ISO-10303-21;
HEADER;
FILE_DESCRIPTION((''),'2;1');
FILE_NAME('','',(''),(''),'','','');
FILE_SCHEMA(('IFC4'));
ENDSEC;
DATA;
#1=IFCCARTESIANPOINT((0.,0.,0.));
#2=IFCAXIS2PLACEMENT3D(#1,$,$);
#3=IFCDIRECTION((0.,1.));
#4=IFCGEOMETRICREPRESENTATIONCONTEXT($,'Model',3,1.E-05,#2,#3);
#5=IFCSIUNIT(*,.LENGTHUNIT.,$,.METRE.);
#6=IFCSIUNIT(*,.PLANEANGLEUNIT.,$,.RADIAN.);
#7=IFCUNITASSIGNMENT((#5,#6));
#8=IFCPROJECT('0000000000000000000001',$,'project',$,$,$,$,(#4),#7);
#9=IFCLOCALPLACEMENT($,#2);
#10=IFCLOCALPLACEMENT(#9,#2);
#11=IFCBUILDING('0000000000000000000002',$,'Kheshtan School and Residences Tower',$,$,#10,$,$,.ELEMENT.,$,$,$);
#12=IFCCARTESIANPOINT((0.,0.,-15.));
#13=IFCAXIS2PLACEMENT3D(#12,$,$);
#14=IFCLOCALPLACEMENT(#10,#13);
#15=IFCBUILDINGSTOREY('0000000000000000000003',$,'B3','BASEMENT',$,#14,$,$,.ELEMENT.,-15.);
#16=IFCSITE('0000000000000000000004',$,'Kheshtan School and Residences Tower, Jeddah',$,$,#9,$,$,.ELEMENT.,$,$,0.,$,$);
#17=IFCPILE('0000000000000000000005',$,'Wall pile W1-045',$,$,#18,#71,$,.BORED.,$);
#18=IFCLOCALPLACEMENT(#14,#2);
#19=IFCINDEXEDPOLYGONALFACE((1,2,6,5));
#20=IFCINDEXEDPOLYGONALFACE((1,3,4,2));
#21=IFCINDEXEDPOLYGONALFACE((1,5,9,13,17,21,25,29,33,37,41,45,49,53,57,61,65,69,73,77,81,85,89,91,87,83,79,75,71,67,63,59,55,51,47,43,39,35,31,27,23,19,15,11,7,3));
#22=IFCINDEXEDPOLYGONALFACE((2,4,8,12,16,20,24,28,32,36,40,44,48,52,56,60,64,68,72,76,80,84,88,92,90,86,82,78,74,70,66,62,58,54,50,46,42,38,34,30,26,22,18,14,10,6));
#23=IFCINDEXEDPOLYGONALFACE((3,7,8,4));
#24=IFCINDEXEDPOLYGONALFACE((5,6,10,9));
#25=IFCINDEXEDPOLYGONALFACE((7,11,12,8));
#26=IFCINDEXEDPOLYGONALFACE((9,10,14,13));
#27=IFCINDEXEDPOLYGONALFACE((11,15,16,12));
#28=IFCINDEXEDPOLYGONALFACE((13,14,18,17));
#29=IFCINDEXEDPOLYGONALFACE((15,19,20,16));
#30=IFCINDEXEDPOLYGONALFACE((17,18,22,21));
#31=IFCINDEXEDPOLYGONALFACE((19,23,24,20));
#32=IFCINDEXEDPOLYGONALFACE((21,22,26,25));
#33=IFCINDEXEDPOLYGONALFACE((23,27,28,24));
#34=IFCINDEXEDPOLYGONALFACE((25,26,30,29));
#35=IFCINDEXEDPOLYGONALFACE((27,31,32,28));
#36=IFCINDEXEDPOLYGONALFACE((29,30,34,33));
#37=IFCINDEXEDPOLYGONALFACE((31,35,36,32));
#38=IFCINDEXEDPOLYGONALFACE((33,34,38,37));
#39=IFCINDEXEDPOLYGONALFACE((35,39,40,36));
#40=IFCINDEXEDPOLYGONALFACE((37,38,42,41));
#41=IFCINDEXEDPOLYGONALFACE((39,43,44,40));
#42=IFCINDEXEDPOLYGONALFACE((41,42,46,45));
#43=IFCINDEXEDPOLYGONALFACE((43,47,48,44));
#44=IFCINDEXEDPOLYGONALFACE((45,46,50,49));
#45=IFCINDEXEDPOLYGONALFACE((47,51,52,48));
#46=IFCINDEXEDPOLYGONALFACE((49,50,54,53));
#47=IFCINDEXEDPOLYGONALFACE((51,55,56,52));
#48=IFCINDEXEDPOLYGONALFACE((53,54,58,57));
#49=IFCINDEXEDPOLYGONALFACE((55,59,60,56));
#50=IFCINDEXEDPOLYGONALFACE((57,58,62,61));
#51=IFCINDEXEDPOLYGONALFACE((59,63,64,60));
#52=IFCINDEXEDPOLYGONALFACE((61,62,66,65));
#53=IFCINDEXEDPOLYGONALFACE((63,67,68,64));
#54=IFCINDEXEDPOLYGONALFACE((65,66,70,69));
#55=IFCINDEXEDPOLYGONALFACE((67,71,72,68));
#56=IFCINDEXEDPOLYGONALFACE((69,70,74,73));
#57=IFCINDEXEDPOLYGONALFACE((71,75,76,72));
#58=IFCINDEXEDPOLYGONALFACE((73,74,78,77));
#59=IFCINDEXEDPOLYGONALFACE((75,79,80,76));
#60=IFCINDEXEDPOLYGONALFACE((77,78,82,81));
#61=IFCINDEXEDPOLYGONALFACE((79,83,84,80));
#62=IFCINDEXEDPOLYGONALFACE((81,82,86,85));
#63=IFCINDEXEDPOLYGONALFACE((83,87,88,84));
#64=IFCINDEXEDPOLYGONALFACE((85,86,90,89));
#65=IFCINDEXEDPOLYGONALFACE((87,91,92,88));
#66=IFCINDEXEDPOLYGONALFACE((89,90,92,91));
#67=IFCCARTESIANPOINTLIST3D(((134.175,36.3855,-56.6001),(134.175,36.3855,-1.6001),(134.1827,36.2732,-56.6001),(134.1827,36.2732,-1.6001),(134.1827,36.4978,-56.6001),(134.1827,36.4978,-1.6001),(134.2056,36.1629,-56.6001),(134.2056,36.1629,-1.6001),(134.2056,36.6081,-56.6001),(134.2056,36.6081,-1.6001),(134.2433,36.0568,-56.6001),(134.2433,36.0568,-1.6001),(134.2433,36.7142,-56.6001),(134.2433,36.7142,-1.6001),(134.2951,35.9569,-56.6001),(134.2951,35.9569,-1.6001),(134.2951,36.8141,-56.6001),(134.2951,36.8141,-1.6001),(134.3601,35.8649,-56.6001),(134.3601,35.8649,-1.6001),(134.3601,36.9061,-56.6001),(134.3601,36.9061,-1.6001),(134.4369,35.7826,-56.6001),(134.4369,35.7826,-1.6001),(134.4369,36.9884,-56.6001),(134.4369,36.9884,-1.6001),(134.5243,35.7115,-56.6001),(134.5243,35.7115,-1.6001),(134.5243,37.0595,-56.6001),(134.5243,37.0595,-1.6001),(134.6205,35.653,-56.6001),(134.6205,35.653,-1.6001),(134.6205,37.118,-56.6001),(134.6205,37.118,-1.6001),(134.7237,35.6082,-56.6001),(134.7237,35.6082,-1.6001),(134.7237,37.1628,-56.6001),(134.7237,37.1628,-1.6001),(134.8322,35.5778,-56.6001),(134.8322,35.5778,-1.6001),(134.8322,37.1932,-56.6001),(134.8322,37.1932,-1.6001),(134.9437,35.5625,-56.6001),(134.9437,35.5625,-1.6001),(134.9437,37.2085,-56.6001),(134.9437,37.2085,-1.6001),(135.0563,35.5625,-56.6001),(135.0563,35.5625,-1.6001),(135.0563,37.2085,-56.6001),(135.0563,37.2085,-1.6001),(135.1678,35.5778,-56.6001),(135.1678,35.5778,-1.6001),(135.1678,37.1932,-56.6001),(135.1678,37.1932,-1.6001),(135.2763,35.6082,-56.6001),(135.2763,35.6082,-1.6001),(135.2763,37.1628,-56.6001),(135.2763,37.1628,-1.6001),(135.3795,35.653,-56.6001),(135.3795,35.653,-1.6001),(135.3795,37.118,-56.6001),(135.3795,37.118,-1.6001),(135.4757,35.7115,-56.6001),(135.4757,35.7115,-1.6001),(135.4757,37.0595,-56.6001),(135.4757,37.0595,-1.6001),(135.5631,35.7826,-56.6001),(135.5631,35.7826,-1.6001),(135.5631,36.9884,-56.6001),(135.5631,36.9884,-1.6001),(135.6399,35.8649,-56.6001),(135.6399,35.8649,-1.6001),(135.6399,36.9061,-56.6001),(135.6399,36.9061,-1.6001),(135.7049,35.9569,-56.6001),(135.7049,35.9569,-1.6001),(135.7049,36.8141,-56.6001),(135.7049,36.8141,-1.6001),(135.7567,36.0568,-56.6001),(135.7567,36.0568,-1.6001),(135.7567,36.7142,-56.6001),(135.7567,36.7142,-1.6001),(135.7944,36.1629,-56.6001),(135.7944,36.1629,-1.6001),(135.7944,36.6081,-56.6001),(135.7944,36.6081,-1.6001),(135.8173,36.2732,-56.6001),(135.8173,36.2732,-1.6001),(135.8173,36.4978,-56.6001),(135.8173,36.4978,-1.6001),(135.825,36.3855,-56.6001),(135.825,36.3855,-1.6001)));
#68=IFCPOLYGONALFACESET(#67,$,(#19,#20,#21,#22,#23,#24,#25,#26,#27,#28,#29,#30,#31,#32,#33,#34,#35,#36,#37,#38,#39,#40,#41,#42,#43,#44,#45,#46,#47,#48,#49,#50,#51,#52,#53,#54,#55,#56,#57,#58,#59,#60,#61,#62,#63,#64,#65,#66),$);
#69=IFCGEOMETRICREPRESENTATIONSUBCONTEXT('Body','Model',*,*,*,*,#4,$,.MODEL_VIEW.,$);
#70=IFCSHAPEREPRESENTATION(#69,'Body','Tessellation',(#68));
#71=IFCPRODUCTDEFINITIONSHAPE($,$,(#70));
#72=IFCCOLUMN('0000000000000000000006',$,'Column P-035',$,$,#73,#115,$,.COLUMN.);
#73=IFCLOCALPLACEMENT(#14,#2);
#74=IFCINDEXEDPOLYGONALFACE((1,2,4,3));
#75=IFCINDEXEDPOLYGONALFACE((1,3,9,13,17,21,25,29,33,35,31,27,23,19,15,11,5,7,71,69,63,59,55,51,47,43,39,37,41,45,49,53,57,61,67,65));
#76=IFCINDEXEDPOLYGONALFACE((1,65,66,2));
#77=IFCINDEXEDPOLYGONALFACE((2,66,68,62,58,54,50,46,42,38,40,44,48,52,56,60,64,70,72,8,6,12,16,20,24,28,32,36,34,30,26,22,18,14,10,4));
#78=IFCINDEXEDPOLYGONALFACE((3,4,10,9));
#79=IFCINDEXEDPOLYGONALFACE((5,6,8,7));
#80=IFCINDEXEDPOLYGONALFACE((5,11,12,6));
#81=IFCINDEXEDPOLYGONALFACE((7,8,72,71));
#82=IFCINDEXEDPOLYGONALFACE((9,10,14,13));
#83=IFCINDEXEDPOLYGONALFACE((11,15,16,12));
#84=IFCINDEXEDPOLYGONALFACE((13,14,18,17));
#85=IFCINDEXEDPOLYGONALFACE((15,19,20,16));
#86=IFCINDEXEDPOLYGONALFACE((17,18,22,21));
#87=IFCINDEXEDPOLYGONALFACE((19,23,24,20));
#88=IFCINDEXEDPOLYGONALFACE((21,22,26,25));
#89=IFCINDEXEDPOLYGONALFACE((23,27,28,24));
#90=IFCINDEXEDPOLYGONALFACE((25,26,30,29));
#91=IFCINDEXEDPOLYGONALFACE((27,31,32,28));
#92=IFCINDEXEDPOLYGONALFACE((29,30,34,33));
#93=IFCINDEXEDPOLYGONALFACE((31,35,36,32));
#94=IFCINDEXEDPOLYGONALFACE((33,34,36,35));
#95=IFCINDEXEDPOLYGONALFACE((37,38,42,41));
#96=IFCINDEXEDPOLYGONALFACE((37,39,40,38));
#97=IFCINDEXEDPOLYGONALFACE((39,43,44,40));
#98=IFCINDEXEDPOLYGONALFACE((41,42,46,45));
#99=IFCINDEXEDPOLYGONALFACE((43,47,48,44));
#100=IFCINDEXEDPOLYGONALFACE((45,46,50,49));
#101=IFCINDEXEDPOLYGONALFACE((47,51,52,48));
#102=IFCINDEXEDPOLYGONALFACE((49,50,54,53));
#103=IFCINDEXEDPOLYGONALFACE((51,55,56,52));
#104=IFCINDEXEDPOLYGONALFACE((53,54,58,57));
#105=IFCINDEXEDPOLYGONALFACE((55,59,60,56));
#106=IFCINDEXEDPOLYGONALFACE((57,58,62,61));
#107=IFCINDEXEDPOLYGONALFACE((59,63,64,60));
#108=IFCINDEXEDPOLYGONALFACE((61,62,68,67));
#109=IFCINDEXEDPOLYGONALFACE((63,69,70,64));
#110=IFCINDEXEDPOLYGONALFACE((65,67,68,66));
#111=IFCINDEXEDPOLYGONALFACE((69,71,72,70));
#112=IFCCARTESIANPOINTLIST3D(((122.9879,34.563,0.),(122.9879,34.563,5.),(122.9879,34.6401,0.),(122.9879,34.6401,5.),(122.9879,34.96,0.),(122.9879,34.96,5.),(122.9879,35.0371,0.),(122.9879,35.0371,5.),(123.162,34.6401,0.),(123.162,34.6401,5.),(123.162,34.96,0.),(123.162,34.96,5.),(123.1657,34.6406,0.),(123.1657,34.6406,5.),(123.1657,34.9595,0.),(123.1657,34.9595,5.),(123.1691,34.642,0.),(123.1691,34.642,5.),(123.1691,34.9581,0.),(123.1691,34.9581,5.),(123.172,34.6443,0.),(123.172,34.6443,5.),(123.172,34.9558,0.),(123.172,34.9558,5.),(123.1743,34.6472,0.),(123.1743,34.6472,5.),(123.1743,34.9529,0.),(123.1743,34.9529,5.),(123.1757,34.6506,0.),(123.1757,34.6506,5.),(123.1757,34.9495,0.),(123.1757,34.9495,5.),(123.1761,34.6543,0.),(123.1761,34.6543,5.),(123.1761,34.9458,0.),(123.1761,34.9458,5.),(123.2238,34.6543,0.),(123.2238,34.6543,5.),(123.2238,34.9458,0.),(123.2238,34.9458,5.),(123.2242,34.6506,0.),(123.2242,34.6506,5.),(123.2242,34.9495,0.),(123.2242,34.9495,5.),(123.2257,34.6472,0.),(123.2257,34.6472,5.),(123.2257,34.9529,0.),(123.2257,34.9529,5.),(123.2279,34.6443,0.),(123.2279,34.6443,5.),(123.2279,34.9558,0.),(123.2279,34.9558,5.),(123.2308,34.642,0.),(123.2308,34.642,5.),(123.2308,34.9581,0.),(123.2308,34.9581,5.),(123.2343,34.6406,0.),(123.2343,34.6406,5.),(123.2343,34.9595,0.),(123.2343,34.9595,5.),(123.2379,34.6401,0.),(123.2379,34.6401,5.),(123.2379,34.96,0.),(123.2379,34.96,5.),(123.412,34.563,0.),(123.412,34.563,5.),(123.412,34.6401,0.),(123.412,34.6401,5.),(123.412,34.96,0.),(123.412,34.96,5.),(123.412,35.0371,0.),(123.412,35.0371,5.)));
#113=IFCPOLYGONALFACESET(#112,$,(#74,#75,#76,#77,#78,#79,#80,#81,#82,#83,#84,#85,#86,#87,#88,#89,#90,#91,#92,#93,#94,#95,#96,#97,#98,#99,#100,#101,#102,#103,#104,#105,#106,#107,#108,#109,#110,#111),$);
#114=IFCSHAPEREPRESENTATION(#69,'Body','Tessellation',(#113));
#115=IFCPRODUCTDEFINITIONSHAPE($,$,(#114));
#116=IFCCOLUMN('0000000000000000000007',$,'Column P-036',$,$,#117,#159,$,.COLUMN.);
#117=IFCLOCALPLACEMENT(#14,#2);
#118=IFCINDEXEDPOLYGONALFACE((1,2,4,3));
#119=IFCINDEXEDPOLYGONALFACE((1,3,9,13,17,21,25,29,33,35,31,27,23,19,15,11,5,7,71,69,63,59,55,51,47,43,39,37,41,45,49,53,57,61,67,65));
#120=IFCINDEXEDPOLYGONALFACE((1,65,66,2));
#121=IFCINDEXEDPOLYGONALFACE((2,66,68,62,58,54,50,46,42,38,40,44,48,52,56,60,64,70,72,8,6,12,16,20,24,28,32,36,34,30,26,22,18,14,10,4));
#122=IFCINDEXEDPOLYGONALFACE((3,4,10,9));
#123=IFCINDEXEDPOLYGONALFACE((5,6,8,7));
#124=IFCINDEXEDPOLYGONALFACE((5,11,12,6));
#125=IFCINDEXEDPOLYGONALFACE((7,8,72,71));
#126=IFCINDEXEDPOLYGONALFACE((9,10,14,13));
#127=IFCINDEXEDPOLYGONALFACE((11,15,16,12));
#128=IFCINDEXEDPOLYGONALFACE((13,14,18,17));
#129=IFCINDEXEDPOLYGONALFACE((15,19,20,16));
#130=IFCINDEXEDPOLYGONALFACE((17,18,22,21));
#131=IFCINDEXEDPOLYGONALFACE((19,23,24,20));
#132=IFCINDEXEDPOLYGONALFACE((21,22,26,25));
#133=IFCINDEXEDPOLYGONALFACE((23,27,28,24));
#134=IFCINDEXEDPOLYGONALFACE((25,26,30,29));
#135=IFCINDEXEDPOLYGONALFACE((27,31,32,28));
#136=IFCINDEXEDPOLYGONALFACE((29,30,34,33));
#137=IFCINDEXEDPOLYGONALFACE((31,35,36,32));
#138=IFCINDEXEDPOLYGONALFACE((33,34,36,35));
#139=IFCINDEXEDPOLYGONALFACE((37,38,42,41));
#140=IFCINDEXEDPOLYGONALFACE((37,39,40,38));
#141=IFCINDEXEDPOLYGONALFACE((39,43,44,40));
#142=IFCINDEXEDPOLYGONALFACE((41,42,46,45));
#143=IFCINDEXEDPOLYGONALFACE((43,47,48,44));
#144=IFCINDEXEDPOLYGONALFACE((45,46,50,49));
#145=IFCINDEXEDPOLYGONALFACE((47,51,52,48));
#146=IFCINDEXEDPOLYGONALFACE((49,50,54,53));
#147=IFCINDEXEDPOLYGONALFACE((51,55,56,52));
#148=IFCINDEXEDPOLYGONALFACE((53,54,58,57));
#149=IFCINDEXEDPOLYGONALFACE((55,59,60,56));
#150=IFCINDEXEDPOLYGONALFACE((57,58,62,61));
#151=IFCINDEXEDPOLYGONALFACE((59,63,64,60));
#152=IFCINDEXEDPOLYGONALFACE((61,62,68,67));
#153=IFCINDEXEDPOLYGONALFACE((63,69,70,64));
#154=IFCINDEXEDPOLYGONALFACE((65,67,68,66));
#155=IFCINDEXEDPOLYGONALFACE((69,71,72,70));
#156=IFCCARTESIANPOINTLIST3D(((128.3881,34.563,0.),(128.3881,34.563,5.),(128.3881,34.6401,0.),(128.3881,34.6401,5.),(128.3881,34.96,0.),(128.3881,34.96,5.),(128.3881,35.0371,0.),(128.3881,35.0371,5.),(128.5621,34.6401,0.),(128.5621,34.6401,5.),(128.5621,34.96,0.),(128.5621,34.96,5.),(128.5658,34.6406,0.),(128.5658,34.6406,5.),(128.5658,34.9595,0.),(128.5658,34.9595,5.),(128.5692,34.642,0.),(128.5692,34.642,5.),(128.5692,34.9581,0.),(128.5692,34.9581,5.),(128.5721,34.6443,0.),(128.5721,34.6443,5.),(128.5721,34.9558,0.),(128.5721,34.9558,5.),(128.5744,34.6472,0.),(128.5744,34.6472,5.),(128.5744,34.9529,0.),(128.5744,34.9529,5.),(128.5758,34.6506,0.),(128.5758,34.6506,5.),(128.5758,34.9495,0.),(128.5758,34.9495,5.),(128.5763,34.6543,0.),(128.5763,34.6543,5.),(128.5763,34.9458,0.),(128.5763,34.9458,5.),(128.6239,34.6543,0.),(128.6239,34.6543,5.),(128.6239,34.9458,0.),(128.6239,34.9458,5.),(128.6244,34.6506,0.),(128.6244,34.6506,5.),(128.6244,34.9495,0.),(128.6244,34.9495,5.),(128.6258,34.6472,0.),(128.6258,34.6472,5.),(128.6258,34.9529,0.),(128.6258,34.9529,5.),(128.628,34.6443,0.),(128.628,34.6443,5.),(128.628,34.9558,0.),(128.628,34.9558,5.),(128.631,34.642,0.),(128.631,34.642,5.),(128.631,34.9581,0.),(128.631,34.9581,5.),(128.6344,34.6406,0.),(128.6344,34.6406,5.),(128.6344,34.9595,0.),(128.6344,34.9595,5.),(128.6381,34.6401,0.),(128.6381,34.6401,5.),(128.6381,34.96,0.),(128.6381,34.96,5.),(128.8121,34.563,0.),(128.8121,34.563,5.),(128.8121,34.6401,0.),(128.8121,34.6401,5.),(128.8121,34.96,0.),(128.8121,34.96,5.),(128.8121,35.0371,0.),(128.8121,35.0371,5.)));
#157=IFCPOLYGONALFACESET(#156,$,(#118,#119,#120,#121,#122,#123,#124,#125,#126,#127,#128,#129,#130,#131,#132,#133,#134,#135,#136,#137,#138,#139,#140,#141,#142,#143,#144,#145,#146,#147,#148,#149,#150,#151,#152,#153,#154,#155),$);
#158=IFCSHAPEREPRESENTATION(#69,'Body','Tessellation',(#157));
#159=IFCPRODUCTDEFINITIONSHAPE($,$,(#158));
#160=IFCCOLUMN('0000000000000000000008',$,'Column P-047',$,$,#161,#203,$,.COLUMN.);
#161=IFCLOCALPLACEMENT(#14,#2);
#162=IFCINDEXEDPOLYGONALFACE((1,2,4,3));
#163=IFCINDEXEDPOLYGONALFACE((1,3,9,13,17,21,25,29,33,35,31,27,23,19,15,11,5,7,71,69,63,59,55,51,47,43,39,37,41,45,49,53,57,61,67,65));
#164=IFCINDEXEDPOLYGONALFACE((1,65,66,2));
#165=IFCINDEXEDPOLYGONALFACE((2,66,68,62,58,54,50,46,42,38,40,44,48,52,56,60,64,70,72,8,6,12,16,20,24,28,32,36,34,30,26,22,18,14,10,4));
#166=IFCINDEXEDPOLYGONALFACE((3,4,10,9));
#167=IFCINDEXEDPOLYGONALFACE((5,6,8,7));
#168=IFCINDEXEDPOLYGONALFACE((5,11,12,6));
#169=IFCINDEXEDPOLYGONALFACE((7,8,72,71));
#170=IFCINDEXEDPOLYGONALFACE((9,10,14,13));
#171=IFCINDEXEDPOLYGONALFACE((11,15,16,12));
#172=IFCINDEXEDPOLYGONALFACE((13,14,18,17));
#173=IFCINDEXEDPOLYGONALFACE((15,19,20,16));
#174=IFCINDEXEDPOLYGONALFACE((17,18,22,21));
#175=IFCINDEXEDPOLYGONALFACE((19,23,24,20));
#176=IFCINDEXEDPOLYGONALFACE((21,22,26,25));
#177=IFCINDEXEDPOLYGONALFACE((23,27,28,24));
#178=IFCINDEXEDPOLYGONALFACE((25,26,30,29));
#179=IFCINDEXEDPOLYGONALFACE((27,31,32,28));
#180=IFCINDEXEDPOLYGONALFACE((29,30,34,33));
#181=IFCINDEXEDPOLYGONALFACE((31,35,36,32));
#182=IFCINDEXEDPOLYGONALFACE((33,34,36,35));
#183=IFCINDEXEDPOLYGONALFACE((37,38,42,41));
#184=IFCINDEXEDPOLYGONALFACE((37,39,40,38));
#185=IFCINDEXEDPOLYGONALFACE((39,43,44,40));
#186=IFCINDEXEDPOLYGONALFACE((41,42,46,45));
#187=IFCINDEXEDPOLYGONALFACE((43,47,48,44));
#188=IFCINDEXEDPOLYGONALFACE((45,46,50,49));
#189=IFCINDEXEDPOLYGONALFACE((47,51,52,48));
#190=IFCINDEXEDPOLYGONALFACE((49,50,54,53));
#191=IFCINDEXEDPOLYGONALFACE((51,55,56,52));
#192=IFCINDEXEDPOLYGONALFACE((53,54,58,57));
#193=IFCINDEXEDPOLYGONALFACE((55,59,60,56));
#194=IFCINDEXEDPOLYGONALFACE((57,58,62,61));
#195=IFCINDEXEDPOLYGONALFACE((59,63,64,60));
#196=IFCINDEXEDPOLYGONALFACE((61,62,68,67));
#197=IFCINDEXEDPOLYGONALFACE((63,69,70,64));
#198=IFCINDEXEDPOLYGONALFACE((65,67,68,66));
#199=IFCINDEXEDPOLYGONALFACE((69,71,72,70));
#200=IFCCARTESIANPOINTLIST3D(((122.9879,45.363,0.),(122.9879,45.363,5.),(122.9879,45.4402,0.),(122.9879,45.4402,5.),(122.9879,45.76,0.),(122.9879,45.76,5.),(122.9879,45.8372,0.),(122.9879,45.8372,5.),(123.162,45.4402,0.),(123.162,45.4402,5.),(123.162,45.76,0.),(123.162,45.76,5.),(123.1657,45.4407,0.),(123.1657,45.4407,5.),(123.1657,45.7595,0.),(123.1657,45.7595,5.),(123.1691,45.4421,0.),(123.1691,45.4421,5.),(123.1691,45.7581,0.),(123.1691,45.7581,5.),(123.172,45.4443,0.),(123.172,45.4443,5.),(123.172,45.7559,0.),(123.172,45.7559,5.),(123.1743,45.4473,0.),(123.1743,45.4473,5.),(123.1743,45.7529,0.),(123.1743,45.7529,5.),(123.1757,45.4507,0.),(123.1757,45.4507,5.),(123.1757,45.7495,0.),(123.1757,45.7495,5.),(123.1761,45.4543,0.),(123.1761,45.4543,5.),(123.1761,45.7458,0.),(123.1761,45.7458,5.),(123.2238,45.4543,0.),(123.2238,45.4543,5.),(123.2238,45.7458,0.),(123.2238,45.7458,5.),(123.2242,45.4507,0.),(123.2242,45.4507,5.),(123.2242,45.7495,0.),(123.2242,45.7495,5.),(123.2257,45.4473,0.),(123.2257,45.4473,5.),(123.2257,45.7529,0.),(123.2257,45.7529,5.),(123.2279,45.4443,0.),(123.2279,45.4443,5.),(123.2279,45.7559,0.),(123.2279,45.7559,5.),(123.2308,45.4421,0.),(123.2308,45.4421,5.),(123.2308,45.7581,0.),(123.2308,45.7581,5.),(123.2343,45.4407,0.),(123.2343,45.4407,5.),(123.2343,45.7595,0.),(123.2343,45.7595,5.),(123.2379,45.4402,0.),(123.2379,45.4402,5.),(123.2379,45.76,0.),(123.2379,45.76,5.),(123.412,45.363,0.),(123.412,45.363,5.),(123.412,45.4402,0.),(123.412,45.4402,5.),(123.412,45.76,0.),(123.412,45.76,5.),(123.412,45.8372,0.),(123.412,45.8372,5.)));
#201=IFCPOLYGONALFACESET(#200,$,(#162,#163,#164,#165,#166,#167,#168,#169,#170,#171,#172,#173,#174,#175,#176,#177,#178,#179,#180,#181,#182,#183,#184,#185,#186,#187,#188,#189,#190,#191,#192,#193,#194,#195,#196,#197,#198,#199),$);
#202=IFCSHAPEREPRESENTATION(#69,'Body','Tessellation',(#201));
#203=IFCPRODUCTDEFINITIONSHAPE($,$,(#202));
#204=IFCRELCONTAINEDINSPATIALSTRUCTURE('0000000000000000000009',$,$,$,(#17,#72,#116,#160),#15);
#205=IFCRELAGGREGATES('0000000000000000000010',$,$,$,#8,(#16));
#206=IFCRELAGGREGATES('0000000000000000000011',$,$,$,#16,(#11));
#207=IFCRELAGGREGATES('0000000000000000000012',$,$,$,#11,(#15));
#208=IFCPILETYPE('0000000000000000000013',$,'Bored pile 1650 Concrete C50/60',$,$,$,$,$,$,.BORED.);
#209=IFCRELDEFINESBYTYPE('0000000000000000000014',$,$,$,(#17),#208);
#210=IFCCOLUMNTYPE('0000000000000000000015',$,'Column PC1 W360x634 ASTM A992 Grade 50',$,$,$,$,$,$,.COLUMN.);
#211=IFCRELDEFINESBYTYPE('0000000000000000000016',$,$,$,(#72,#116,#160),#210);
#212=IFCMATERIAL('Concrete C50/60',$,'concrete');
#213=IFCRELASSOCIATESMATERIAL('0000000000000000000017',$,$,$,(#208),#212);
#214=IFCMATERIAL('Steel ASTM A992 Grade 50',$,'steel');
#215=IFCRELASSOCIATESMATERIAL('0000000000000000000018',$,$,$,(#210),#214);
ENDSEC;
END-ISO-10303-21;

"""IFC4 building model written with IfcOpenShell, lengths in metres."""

from ifc_helpers import new_model, si_unit, direction, frame, origin, origin_2d, place, context, subcontext, project, spatial, circle, i_section, extrude, material, material_profile, profile_set, type_object, element, save


model = new_model("IFC4")

# Units and contexts
model_context = context("Model", 3, precision=1e-05, world=origin(), true_north=direction((0.0, 1.0)))
body_context = subcontext(model_context, "Body", "Model", "MODEL_VIEW")
ifc_project = project(units=[si_unit("LENGTHUNIT", "METRE"), si_unit("PLANEANGLEUNIT", "RADIAN")], contexts=[model_context])

# Site, building, storey
site_placement = place(None, origin())
site = spatial("IfcSite", under=ifc_project, at=site_placement, Name="Kheshtan School and Residences Tower, Jeddah", CompositionType="ELEMENT", RefElevation=0.0)
building_placement = place(site_placement, origin())
building = spatial("IfcBuilding", under=site, at=building_placement, Name="Kheshtan School and Residences Tower", CompositionType="ELEMENT")
storey_placement = place(building_placement, frame((0.0, 0.0, -15.0)))
storey = spatial("IfcBuildingStorey", under=building, at=storey_placement, Name="B3", Description="BASEMENT", CompositionType="ELEMENT", Elevation=-15.0)

# Pile
ifc_material_1 = material(Name="Concrete C50/60", Category="concrete")
ifc_material_profile_1 = material_profile(ifc_material_1, circle(Radius=0.825, at=origin_2d()), Name="BP 1650")
ifc_profile_set_1 = profile_set([ifc_material_profile_1], Name="Concrete C50/60")
pile_type_1 = type_object("IfcPileType", Name="Bored pile 1650 Concrete C50/60", PredefinedType="BORED", material=ifc_profile_set_1)
for number, where, z_axis, x_axis, name in (
    (1, (135.0, 36.3855, -1.6001), (0.0, 0.0, -1.0), (1.0, 0.0, 0.0), "Wall pile W1-045"),
):
    element("IfcPile", number, at=place(storey_placement, frame(where, z_axis=z_axis, x_axis=x_axis)), inside=storey, type_object=pile_type_1, Name=name, PredefinedType="BORED", context=body_context, shape_type="SweptSolid", body=[
        extrude(circle(Radius=0.825, at=origin_2d()), origin(), (0.0, 0.0, 1.0), 55.0),
    ])

# Columns
ifc_material_2 = material(Name="Steel ASTM A992 Grade 50", Category="steel")
ifc_material_profile_2 = material_profile(ifc_material_2, i_section(OverallWidth=0.4241, OverallDepth=0.4741, WebThickness=0.0476, FlangeThickness=0.0771, FilletRadius=0.0142, at=origin_2d()), Name="W360x634")
ifc_profile_set_2 = profile_set([ifc_material_profile_2], Name="Steel ASTM A992 Grade 50")
column_type = type_object("IfcColumnType", Name="Column PC1 W360x634 ASTM A992 Grade 50", PredefinedType="COLUMN", material=ifc_profile_set_2)
for number, where, z_axis, x_axis, name in (
    (2, (123.2, 34.8, 0.0), (0.0, 0.0, 1.0), (1.0, 0.0, 0.0), "Column P-035"),
    (3, (128.6001, 34.8, 0.0), (0.0, 0.0, 1.0), (1.0, 0.0, 0.0), "Column P-036"),
    (4, (123.2, 45.6001, 0.0), (0.0, 0.0, 1.0), (1.0, 0.0, 0.0), "Column P-047"),
):
    element("IfcColumn", number, at=place(storey_placement, frame(where, z_axis=z_axis, x_axis=x_axis)), inside=storey, type_object=column_type, Name=name, PredefinedType="COLUMN", context=body_context, shape_type="SweptSolid", body=[
        extrude(i_section(OverallWidth=0.4241, OverallDepth=0.4741, WebThickness=0.0476, FlangeThickness=0.0771, FilletRadius=0.0142, at=origin_2d()), origin(), (0.0, 0.0, 1.0), 5.0),
    ])

save(model, "model.ifc")
